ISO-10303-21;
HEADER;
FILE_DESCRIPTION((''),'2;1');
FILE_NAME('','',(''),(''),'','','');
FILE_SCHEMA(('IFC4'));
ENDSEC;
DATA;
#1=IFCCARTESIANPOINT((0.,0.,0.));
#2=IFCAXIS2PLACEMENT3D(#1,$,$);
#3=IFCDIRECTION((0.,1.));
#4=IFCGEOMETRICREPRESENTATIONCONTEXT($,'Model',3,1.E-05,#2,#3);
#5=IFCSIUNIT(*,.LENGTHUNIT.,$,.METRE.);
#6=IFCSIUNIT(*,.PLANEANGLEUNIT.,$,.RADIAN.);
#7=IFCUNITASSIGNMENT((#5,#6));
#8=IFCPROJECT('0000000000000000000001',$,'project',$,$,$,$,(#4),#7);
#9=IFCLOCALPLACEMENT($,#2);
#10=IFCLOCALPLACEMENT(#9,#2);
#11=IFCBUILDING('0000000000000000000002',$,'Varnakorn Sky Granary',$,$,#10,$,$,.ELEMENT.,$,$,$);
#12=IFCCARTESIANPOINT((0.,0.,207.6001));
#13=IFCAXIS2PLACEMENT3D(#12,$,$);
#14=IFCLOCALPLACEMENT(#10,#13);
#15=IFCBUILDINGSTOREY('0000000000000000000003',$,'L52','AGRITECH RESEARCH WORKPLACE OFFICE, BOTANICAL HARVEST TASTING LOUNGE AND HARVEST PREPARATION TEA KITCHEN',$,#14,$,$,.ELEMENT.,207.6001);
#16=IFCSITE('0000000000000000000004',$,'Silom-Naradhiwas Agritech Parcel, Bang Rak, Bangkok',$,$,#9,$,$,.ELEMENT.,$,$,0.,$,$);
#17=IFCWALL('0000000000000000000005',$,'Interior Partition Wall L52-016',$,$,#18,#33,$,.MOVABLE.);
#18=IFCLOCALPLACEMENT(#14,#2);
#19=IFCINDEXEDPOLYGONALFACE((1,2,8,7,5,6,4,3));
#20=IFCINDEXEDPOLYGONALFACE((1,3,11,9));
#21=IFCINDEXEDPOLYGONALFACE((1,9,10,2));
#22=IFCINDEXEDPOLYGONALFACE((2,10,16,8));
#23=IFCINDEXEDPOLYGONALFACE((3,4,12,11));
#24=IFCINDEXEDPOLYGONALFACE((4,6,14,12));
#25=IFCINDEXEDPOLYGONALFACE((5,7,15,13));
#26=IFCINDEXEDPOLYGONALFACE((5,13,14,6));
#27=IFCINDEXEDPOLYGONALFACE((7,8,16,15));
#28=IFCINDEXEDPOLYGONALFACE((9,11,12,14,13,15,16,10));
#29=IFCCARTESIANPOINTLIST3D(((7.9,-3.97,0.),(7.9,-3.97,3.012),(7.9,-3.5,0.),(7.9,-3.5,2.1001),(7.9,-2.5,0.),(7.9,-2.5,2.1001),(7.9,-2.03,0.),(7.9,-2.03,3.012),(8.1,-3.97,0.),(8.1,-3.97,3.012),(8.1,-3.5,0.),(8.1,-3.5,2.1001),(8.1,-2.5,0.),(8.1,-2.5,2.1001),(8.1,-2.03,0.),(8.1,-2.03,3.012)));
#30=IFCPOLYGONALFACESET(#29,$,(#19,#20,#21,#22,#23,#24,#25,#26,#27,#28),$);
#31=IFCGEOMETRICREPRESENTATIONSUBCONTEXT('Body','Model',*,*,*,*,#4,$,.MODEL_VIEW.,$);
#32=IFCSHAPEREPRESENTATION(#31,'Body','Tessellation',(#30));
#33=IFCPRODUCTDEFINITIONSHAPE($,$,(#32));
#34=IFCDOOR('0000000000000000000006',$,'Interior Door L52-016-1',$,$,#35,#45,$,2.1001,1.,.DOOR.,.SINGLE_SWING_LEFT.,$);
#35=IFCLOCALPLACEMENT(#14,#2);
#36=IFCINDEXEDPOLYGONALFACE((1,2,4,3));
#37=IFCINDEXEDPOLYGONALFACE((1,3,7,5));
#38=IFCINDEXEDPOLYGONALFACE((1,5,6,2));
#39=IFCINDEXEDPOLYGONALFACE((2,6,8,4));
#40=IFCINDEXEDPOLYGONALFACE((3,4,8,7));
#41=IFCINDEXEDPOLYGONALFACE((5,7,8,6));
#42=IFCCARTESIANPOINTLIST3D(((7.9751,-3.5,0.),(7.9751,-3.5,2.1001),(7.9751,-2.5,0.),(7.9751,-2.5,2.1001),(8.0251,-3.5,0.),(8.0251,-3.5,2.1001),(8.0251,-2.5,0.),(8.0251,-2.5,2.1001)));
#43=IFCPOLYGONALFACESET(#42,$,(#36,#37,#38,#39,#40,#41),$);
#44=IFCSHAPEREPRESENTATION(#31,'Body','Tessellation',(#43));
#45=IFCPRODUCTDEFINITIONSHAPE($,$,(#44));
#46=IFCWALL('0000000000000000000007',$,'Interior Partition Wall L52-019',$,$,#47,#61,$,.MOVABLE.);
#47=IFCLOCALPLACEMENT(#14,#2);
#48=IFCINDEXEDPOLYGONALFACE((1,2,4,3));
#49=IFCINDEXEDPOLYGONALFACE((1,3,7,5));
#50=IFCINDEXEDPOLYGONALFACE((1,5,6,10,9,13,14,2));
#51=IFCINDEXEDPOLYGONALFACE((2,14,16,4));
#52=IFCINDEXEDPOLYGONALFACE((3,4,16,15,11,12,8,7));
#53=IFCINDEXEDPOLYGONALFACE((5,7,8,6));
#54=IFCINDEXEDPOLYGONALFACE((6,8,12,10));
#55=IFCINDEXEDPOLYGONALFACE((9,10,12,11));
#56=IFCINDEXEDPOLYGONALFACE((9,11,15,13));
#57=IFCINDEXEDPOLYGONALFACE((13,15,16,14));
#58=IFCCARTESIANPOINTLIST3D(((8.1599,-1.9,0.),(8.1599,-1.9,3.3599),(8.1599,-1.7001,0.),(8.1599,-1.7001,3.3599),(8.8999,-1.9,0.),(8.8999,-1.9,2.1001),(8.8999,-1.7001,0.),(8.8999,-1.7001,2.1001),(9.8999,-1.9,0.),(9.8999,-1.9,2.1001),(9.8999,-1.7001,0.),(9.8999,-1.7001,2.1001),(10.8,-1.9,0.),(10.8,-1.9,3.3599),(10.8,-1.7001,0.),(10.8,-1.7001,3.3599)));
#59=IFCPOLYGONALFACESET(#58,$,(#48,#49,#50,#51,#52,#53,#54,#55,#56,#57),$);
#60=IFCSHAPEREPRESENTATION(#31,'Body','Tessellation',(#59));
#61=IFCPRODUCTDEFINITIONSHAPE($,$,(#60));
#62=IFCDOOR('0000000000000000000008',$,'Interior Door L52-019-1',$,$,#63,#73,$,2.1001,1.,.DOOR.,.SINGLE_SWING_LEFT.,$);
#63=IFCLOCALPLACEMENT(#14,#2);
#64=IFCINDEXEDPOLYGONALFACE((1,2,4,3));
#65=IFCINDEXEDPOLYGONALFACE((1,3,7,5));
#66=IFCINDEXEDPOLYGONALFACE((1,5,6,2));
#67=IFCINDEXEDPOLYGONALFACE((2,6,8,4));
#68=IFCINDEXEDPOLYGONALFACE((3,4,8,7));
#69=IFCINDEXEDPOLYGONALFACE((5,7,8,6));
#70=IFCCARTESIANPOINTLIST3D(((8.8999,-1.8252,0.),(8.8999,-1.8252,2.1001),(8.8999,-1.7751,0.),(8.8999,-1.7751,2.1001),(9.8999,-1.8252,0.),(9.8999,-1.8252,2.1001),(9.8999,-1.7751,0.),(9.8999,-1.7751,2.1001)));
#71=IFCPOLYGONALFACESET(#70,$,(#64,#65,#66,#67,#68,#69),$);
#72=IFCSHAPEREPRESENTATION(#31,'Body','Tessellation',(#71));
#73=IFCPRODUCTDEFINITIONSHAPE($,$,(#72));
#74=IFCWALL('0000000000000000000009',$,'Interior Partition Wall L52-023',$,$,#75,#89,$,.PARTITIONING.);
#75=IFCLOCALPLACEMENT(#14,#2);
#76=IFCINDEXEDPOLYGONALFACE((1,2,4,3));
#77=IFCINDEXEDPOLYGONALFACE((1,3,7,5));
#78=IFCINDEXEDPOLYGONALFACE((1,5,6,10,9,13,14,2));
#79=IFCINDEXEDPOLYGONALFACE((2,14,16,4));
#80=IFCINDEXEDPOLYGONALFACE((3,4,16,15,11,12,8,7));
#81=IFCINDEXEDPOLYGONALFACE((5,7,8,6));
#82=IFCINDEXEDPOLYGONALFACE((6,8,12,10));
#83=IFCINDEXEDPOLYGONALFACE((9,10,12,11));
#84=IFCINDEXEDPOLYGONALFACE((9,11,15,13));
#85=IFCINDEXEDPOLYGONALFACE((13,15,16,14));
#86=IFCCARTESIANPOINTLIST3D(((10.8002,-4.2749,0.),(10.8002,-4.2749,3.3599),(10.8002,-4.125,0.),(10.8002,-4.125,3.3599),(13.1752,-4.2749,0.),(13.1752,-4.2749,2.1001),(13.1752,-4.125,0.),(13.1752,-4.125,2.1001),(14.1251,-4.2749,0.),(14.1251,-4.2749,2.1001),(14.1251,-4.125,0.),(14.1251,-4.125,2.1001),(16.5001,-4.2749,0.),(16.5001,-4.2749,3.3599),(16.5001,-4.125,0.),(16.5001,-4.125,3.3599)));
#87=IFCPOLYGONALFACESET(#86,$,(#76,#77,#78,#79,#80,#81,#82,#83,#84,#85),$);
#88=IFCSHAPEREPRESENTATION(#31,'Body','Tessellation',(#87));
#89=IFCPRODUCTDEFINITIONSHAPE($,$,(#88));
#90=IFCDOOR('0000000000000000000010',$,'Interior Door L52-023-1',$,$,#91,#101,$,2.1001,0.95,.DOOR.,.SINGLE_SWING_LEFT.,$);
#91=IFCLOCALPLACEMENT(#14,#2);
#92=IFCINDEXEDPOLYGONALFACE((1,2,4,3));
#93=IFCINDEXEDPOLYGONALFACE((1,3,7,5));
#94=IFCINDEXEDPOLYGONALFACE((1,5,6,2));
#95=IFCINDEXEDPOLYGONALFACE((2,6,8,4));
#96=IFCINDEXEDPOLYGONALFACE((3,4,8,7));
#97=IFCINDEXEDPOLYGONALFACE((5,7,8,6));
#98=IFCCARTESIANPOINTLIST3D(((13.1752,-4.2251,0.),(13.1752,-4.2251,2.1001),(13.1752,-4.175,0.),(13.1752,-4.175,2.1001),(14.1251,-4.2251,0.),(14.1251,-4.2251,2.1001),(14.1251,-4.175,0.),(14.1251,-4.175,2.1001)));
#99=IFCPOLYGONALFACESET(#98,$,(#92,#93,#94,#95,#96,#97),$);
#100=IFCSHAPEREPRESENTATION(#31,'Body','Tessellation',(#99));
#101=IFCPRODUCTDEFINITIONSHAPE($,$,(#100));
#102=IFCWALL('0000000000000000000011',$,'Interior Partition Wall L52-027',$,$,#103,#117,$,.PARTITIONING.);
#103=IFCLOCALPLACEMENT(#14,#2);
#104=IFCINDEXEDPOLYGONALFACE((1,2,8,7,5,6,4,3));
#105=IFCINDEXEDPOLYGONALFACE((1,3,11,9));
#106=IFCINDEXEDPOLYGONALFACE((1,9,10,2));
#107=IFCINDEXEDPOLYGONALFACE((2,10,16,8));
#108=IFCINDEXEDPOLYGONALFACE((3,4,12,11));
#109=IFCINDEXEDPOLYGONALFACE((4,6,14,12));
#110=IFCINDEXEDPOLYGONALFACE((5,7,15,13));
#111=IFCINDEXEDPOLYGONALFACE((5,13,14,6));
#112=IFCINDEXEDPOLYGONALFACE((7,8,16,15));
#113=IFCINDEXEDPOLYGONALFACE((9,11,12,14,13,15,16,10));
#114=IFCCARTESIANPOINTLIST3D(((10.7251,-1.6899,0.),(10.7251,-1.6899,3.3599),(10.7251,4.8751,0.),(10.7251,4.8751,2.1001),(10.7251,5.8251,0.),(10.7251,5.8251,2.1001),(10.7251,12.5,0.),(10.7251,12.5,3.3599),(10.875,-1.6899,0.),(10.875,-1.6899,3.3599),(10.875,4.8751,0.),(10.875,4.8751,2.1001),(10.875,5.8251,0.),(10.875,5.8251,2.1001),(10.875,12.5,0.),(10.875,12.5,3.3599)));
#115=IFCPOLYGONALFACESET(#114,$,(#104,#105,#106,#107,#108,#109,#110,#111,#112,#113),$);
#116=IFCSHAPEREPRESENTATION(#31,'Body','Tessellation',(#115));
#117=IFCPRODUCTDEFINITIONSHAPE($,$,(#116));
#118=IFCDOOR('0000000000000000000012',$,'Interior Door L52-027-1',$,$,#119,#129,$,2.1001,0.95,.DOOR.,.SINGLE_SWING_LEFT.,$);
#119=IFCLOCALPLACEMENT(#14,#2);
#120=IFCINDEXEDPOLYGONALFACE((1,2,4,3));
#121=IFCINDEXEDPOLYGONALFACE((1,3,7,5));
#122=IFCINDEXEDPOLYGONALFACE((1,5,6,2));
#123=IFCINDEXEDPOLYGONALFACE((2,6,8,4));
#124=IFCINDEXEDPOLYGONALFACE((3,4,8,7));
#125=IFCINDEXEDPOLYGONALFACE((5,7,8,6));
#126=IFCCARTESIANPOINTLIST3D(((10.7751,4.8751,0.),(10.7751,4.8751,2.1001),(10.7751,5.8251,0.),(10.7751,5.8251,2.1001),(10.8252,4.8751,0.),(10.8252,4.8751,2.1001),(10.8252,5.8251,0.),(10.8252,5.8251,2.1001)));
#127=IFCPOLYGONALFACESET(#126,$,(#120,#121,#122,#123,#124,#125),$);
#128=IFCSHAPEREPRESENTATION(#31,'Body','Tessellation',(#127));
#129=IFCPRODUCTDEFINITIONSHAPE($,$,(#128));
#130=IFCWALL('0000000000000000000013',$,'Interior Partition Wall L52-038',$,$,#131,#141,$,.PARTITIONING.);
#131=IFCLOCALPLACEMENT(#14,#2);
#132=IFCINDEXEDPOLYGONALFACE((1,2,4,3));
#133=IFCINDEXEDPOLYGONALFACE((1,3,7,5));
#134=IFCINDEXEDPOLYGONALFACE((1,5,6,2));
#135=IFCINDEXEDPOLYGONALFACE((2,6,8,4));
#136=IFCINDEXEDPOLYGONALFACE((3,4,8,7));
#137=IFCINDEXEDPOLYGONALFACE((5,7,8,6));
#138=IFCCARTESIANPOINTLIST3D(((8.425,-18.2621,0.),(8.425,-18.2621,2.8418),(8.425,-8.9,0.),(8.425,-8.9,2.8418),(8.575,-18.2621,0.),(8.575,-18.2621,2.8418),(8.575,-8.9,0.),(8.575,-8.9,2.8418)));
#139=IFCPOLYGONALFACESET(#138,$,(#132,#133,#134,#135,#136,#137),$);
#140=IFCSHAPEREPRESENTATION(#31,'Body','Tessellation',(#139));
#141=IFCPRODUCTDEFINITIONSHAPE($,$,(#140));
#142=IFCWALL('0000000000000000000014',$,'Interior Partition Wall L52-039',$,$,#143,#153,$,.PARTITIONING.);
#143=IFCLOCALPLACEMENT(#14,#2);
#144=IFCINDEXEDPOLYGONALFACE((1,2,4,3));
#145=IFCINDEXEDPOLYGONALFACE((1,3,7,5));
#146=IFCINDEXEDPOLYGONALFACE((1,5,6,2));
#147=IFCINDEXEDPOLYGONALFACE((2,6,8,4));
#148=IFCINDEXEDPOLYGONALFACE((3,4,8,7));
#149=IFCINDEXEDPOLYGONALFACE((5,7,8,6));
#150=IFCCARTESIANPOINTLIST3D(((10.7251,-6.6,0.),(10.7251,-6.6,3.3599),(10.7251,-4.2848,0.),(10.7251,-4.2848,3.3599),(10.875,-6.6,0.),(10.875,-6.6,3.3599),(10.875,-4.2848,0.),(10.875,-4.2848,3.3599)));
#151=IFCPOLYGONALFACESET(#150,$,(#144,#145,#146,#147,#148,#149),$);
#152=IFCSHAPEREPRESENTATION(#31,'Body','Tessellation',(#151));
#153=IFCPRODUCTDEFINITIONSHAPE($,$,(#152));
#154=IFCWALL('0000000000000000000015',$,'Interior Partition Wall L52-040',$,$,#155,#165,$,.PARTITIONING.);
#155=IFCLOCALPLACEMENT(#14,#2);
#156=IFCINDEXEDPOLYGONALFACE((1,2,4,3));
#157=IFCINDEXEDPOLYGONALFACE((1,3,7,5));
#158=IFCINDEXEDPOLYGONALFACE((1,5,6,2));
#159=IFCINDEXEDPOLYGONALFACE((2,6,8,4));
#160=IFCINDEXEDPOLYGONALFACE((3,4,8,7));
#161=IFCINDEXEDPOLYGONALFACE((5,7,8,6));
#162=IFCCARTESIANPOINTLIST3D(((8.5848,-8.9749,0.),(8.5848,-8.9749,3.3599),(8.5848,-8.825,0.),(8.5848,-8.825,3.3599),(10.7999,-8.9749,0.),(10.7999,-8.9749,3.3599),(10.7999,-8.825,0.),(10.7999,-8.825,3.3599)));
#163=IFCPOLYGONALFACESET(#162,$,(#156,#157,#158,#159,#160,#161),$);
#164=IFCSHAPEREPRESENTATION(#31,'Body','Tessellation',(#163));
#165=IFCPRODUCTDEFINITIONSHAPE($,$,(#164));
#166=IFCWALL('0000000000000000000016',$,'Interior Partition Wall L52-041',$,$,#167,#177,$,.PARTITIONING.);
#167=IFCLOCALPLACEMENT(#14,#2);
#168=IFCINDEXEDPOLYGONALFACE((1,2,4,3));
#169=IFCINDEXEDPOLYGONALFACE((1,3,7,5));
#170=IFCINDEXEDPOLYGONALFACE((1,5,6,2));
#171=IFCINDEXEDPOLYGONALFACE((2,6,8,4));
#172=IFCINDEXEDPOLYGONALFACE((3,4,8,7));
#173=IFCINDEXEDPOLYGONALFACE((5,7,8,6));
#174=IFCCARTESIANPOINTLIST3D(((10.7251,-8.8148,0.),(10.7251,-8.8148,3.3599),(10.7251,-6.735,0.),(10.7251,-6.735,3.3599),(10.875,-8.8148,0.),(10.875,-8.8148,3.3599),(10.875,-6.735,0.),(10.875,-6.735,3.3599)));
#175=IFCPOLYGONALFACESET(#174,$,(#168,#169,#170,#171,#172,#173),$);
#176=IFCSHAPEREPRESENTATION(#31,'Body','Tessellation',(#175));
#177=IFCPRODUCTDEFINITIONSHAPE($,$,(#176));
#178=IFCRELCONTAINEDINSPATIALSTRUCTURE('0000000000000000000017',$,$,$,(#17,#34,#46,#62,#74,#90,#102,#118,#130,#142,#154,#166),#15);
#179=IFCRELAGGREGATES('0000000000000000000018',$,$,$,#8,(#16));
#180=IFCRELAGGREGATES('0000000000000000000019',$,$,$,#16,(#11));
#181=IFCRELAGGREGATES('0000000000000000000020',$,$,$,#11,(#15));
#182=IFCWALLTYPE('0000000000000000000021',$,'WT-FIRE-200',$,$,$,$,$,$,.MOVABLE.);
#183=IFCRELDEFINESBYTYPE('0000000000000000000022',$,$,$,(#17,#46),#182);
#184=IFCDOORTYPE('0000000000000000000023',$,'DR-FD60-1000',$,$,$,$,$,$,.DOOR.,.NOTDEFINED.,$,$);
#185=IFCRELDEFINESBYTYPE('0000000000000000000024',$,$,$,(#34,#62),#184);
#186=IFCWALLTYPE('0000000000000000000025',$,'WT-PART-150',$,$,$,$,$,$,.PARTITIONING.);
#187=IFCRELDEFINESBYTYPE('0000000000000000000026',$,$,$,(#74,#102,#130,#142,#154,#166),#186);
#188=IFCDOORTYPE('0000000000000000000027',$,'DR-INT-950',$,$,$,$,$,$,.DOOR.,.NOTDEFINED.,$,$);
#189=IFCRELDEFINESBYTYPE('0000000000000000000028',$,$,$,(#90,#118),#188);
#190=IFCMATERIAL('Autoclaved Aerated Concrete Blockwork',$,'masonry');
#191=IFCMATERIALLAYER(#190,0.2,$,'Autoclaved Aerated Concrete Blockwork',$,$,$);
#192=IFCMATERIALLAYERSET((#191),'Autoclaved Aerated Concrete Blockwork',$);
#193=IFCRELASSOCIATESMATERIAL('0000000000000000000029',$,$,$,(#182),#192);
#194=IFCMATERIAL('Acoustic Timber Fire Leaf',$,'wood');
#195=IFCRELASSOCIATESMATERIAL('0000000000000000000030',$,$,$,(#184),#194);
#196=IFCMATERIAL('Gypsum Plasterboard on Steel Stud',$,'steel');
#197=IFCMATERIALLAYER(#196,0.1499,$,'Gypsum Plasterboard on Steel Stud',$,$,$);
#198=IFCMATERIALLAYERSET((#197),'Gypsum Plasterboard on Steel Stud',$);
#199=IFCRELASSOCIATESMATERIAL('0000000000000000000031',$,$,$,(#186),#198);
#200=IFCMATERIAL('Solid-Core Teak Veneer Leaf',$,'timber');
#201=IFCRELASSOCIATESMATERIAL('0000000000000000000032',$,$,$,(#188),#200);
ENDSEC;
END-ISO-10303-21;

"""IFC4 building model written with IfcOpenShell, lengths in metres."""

from ifc_helpers import new_model, si_unit, direction, frame, frame_2d, origin, place, context, subcontext, project, spatial, rectangle, extrude, material, layer, layer_set, type_object, element, fill, save


model = new_model("IFC4")

# Units and contexts
model_context = context("Model", 3, precision=1e-05, world=origin(), true_north=direction((0.0, 1.0)))
body_context = subcontext(model_context, "Body", "Model", "MODEL_VIEW")
ifc_project = project(units=[si_unit("LENGTHUNIT", "METRE"), si_unit("PLANEANGLEUNIT", "RADIAN")], contexts=[model_context])

# Site, building, storey
site_placement = place(None, origin())
site = spatial("IfcSite", under=ifc_project, at=site_placement, Name="Silom-Naradhiwas Agritech Parcel, Bang Rak, Bangkok", CompositionType="ELEMENT", RefElevation=0.0)
building_placement = place(site_placement, origin())
building = spatial("IfcBuilding", under=site, at=building_placement, Name="Varnakorn Sky Granary", CompositionType="ELEMENT")
storey_placement = place(building_placement, frame((0.0, 0.0, 207.6001)))
storey = spatial("IfcBuildingStorey", under=building, at=storey_placement, Name="L52", Description="AGRITECH RESEARCH WORKPLACE OFFICE, BOTANICAL HARVEST TASTING LOUNGE AND HARVEST PREPARATION TEA KITCHEN", CompositionType="ELEMENT", Elevation=207.6001)

# Walls, openings, doors
ifc_material_1 = material(Name="Autoclaved Aerated Concrete Blockwork", Category="masonry")
ifc_layer_1 = layer(ifc_material_1, 0.2, Name="Autoclaved Aerated Concrete Blockwork")
ifc_layer_set_1 = layer_set([ifc_layer_1], Name="Autoclaved Aerated Concrete Blockwork")
wall_type_1 = type_object("IfcWallType", Name="WT-FIRE-200", PredefinedType="MOVABLE", material=ifc_layer_set_1)
wall_1_placement = place(storey_placement, frame((8.0, -3.97, 0.0), z_axis=(0.0, 0.0, 1.0), x_axis=(0.0, 1.0, 0.0)))
wall_1 = element("IfcWall", 1, at=wall_1_placement, inside=storey, type_object=wall_type_1, Name="Interior Partition Wall L52-016", PredefinedType="MOVABLE", context=body_context, shape_type="SweptSolid", body=[
    extrude(rectangle(XDim=1.9399, YDim=0.2, at=frame_2d((0.97, 0.0))), origin(), (0.0, 0.0, 1.0), 3.012),
])
opening_1_placement = place(wall_1_placement, frame((0.47, 0.0, 0.0)))
opening_1 = element("IfcOpeningElement", 2, at=opening_1_placement, cuts=wall_1, PredefinedType="OPENING", context=body_context, shape_type="SweptSolid", body=[
    extrude(rectangle(XDim=1.0, YDim=2.1001, at=frame_2d((0.5, 1.05))), frame((0.0, 0.1099, 0.0), z_axis=(0.0, -1.0, 0.0), x_axis=(1.0, 0.0, 0.0)), (0.0, 0.0, 1.0), 0.22),
])
ifc_material_2 = material(Name="Acoustic Timber Fire Leaf", Category="wood")
door_type_1 = type_object("IfcDoorType", Name="DR-FD60-1000", OperationType="NOTDEFINED", PredefinedType="DOOR", material=ifc_material_2)
door_1_placement = place(opening_1_placement, origin())
door_1 = element("IfcDoor", 3, at=door_1_placement, inside=storey, type_object=door_type_1, Name="Interior Door L52-016-1", OperationType="SINGLE_SWING_LEFT", OverallHeight=2.1001, OverallWidth=1.0, PredefinedType="DOOR", context=body_context, shape_type="SweptSolid", body=[
    extrude(rectangle(XDim=1.0, YDim=2.1001, at=frame_2d((0.5, 1.05))), frame((0.0, 0.0249, 0.0), z_axis=(0.0, -1.0, 0.0), x_axis=(1.0, 0.0, 0.0)), (0.0, 0.0, 1.0), 0.05),
])
fill(opening_1, door_1)
wall_2_placement = place(storey_placement, frame((8.1599, -1.8, 0.0), z_axis=(0.0, 0.0, 1.0), x_axis=(1.0, 0.0, 0.0)))
wall_2 = element("IfcWall", 4, at=wall_2_placement, inside=storey, type_object=wall_type_1, Name="Interior Partition Wall L52-019", PredefinedType="MOVABLE", context=body_context, shape_type="SweptSolid", body=[
    extrude(rectangle(XDim=2.6401, YDim=0.2, at=frame_2d((1.3201, 0.0))), origin(), (0.0, 0.0, 1.0), 3.3599),
])
opening_2_placement = place(wall_2_placement, frame((0.74, 0.0, 0.0)))
opening_2 = element("IfcOpeningElement", 5, at=opening_2_placement, cuts=wall_2, PredefinedType="OPENING", context=body_context, shape_type="SweptSolid", body=[
    extrude(rectangle(XDim=1.0, YDim=2.1001, at=frame_2d((0.5, 1.05))), frame((0.0, 0.1099, 0.0), z_axis=(0.0, -1.0, 0.0), x_axis=(1.0, 0.0, 0.0)), (0.0, 0.0, 1.0), 0.22),
])
door_2_placement = place(opening_2_placement, origin())
door_2 = element("IfcDoor", 6, at=door_2_placement, inside=storey, type_object=door_type_1, Name="Interior Door L52-019-1", OperationType="SINGLE_SWING_LEFT", OverallHeight=2.1001, OverallWidth=1.0, PredefinedType="DOOR", context=body_context, shape_type="SweptSolid", body=[
    extrude(rectangle(XDim=1.0, YDim=2.1001, at=frame_2d((0.5, 1.05))), frame((0.0, 0.0249, 0.0), z_axis=(0.0, -1.0, 0.0), x_axis=(1.0, 0.0, 0.0)), (0.0, 0.0, 1.0), 0.05),
])
fill(opening_2, door_2)
ifc_material_3 = material(Name="Gypsum Plasterboard on Steel Stud", Category="steel")
ifc_layer_2 = layer(ifc_material_3, 0.1499, Name="Gypsum Plasterboard on Steel Stud")
ifc_layer_set_2 = layer_set([ifc_layer_2], Name="Gypsum Plasterboard on Steel Stud")
wall_type_2 = type_object("IfcWallType", Name="WT-PART-150", PredefinedType="PARTITIONING", material=ifc_layer_set_2)
wall_3_placement = place(storey_placement, frame((10.8, -4.2, 0.0), z_axis=(0.0, 0.0, 1.0), x_axis=(1.0, 0.0, 0.0)))
wall_3 = element("IfcWall", 7, at=wall_3_placement, inside=storey, type_object=wall_type_2, Name="Interior Partition Wall L52-023", PredefinedType="PARTITIONING", context=body_context, shape_type="SweptSolid", body=[
    extrude(rectangle(XDim=5.7, YDim=0.1499, at=frame_2d((2.8501, 0.0))), origin(), (0.0, 0.0, 1.0), 3.3599),
])
opening_3_placement = place(wall_3_placement, frame((2.375, 0.0, 0.0)))
opening_3 = element("IfcOpeningElement", 8, at=opening_3_placement, cuts=wall_3, PredefinedType="OPENING", context=body_context, shape_type="SweptSolid", body=[
    extrude(rectangle(XDim=0.95, YDim=2.1001, at=frame_2d((0.4751, 1.05))), frame((0.0, 0.085, 0.0), z_axis=(0.0, -1.0, 0.0), x_axis=(1.0, 0.0, 0.0)), (0.0, 0.0, 1.0), 0.1699),
])
ifc_material_4 = material(Name="Solid-Core Teak Veneer Leaf", Category="timber")
door_type_2 = type_object("IfcDoorType", Name="DR-INT-950", OperationType="NOTDEFINED", PredefinedType="DOOR", material=ifc_material_4)
door_3_placement = place(opening_3_placement, origin())
door_3 = element("IfcDoor", 9, at=door_3_placement, inside=storey, type_object=door_type_2, Name="Interior Door L52-023-1", OperationType="SINGLE_SWING_LEFT", OverallHeight=2.1001, OverallWidth=0.95, PredefinedType="DOOR", context=body_context, shape_type="SweptSolid", body=[
    extrude(rectangle(XDim=0.95, YDim=2.1001, at=frame_2d((0.4751, 1.05))), frame((0.0, 0.0249, 0.0), z_axis=(0.0, -1.0, 0.0), x_axis=(1.0, 0.0, 0.0)), (0.0, 0.0, 1.0), 0.05),
])
fill(opening_3, door_3)
wall_4_placement = place(storey_placement, frame((10.8, -1.6899, 0.0), z_axis=(0.0, 0.0, 1.0), x_axis=(0.0, 1.0, 0.0)))
wall_4 = element("IfcWall", 10, at=wall_4_placement, inside=storey, type_object=wall_type_2, Name="Interior Partition Wall L52-027", PredefinedType="PARTITIONING", context=body_context, shape_type="SweptSolid", body=[
    extrude(rectangle(XDim=14.1899, YDim=0.1499, at=frame_2d((7.095, 0.0))), origin(), (0.0, 0.0, 1.0), 3.3599),
])
opening_4_placement = place(wall_4_placement, frame((6.5649, 0.0, 0.0)))
opening_4 = element("IfcOpeningElement", 11, at=opening_4_placement, cuts=wall_4, PredefinedType="OPENING", context=body_context, shape_type="SweptSolid", body=[
    extrude(rectangle(XDim=0.95, YDim=2.1001, at=frame_2d((0.4751, 1.05))), frame((0.0, 0.085, 0.0), z_axis=(0.0, -1.0, 0.0), x_axis=(1.0, 0.0, 0.0)), (0.0, 0.0, 1.0), 0.1699),
])
door_4_placement = place(opening_4_placement, origin())
door_4 = element("IfcDoor", 12, at=door_4_placement, inside=storey, type_object=door_type_2, Name="Interior Door L52-027-1", OperationType="SINGLE_SWING_LEFT", OverallHeight=2.1001, OverallWidth=0.95, PredefinedType="DOOR", context=body_context, shape_type="SweptSolid", body=[
    extrude(rectangle(XDim=0.95, YDim=2.1001, at=frame_2d((0.4751, 1.05))), frame((0.0, 0.0249, 0.0), z_axis=(0.0, -1.0, 0.0), x_axis=(1.0, 0.0, 0.0)), (0.0, 0.0, 1.0), 0.05),
])
fill(opening_4, door_4)

# Walls
wall_5_placement = place(storey_placement, frame((8.5, -8.8999, 0.0), z_axis=(0.0, 0.0, 1.0), x_axis=(0.0, -1.0, 0.0)))
element("IfcWall", 13, at=wall_5_placement, inside=storey, type_object=wall_type_2, Name="Interior Partition Wall L52-038", PredefinedType="PARTITIONING", context=body_context, shape_type="SweptSolid", body=[
    extrude(rectangle(XDim=9.3621, YDim=0.1499, at=frame_2d((4.6812, 0.0))), origin(), (0.0, 0.0, 1.0), 2.8418),
])
wall_6_placement = place(storey_placement, frame((10.8, -6.6001, 0.0), z_axis=(0.0, 0.0, 1.0), x_axis=(0.0, 1.0, 0.0)))
element("IfcWall", 14, at=wall_6_placement, inside=storey, type_object=wall_type_2, Name="Interior Partition Wall L52-039", PredefinedType="PARTITIONING", context=body_context, shape_type="SweptSolid", body=[
    extrude(rectangle(XDim=2.3152, YDim=0.1499, at=frame_2d((1.1577, 0.0))), origin(), (0.0, 0.0, 1.0), 3.3599),
])
wall_7_placement = place(storey_placement, frame((8.585, -8.8999, 0.0), z_axis=(0.0, 0.0, 1.0), x_axis=(1.0, 0.0, 0.0)))
element("IfcWall", 15, at=wall_7_placement, inside=storey, type_object=wall_type_2, Name="Interior Partition Wall L52-040", PredefinedType="PARTITIONING", context=body_context, shape_type="SweptSolid", body=[
    extrude(rectangle(XDim=2.2151, YDim=0.1499, at=frame_2d((1.1074, 0.0))), origin(), (0.0, 0.0, 1.0), 3.3599),
])
wall_8_placement = place(storey_placement, frame((10.8, -8.8149, 0.0), z_axis=(0.0, 0.0, 1.0), x_axis=(0.0, 1.0, 0.0)))
element("IfcWall", 16, at=wall_8_placement, inside=storey, type_object=wall_type_2, Name="Interior Partition Wall L52-041", PredefinedType="PARTITIONING", context=body_context, shape_type="SweptSolid", body=[
    extrude(rectangle(XDim=2.0798, YDim=0.1499, at=frame_2d((1.04, 0.0))), origin(), (0.0, 0.0, 1.0), 3.3599),
])

save(model, "model.ifc")
